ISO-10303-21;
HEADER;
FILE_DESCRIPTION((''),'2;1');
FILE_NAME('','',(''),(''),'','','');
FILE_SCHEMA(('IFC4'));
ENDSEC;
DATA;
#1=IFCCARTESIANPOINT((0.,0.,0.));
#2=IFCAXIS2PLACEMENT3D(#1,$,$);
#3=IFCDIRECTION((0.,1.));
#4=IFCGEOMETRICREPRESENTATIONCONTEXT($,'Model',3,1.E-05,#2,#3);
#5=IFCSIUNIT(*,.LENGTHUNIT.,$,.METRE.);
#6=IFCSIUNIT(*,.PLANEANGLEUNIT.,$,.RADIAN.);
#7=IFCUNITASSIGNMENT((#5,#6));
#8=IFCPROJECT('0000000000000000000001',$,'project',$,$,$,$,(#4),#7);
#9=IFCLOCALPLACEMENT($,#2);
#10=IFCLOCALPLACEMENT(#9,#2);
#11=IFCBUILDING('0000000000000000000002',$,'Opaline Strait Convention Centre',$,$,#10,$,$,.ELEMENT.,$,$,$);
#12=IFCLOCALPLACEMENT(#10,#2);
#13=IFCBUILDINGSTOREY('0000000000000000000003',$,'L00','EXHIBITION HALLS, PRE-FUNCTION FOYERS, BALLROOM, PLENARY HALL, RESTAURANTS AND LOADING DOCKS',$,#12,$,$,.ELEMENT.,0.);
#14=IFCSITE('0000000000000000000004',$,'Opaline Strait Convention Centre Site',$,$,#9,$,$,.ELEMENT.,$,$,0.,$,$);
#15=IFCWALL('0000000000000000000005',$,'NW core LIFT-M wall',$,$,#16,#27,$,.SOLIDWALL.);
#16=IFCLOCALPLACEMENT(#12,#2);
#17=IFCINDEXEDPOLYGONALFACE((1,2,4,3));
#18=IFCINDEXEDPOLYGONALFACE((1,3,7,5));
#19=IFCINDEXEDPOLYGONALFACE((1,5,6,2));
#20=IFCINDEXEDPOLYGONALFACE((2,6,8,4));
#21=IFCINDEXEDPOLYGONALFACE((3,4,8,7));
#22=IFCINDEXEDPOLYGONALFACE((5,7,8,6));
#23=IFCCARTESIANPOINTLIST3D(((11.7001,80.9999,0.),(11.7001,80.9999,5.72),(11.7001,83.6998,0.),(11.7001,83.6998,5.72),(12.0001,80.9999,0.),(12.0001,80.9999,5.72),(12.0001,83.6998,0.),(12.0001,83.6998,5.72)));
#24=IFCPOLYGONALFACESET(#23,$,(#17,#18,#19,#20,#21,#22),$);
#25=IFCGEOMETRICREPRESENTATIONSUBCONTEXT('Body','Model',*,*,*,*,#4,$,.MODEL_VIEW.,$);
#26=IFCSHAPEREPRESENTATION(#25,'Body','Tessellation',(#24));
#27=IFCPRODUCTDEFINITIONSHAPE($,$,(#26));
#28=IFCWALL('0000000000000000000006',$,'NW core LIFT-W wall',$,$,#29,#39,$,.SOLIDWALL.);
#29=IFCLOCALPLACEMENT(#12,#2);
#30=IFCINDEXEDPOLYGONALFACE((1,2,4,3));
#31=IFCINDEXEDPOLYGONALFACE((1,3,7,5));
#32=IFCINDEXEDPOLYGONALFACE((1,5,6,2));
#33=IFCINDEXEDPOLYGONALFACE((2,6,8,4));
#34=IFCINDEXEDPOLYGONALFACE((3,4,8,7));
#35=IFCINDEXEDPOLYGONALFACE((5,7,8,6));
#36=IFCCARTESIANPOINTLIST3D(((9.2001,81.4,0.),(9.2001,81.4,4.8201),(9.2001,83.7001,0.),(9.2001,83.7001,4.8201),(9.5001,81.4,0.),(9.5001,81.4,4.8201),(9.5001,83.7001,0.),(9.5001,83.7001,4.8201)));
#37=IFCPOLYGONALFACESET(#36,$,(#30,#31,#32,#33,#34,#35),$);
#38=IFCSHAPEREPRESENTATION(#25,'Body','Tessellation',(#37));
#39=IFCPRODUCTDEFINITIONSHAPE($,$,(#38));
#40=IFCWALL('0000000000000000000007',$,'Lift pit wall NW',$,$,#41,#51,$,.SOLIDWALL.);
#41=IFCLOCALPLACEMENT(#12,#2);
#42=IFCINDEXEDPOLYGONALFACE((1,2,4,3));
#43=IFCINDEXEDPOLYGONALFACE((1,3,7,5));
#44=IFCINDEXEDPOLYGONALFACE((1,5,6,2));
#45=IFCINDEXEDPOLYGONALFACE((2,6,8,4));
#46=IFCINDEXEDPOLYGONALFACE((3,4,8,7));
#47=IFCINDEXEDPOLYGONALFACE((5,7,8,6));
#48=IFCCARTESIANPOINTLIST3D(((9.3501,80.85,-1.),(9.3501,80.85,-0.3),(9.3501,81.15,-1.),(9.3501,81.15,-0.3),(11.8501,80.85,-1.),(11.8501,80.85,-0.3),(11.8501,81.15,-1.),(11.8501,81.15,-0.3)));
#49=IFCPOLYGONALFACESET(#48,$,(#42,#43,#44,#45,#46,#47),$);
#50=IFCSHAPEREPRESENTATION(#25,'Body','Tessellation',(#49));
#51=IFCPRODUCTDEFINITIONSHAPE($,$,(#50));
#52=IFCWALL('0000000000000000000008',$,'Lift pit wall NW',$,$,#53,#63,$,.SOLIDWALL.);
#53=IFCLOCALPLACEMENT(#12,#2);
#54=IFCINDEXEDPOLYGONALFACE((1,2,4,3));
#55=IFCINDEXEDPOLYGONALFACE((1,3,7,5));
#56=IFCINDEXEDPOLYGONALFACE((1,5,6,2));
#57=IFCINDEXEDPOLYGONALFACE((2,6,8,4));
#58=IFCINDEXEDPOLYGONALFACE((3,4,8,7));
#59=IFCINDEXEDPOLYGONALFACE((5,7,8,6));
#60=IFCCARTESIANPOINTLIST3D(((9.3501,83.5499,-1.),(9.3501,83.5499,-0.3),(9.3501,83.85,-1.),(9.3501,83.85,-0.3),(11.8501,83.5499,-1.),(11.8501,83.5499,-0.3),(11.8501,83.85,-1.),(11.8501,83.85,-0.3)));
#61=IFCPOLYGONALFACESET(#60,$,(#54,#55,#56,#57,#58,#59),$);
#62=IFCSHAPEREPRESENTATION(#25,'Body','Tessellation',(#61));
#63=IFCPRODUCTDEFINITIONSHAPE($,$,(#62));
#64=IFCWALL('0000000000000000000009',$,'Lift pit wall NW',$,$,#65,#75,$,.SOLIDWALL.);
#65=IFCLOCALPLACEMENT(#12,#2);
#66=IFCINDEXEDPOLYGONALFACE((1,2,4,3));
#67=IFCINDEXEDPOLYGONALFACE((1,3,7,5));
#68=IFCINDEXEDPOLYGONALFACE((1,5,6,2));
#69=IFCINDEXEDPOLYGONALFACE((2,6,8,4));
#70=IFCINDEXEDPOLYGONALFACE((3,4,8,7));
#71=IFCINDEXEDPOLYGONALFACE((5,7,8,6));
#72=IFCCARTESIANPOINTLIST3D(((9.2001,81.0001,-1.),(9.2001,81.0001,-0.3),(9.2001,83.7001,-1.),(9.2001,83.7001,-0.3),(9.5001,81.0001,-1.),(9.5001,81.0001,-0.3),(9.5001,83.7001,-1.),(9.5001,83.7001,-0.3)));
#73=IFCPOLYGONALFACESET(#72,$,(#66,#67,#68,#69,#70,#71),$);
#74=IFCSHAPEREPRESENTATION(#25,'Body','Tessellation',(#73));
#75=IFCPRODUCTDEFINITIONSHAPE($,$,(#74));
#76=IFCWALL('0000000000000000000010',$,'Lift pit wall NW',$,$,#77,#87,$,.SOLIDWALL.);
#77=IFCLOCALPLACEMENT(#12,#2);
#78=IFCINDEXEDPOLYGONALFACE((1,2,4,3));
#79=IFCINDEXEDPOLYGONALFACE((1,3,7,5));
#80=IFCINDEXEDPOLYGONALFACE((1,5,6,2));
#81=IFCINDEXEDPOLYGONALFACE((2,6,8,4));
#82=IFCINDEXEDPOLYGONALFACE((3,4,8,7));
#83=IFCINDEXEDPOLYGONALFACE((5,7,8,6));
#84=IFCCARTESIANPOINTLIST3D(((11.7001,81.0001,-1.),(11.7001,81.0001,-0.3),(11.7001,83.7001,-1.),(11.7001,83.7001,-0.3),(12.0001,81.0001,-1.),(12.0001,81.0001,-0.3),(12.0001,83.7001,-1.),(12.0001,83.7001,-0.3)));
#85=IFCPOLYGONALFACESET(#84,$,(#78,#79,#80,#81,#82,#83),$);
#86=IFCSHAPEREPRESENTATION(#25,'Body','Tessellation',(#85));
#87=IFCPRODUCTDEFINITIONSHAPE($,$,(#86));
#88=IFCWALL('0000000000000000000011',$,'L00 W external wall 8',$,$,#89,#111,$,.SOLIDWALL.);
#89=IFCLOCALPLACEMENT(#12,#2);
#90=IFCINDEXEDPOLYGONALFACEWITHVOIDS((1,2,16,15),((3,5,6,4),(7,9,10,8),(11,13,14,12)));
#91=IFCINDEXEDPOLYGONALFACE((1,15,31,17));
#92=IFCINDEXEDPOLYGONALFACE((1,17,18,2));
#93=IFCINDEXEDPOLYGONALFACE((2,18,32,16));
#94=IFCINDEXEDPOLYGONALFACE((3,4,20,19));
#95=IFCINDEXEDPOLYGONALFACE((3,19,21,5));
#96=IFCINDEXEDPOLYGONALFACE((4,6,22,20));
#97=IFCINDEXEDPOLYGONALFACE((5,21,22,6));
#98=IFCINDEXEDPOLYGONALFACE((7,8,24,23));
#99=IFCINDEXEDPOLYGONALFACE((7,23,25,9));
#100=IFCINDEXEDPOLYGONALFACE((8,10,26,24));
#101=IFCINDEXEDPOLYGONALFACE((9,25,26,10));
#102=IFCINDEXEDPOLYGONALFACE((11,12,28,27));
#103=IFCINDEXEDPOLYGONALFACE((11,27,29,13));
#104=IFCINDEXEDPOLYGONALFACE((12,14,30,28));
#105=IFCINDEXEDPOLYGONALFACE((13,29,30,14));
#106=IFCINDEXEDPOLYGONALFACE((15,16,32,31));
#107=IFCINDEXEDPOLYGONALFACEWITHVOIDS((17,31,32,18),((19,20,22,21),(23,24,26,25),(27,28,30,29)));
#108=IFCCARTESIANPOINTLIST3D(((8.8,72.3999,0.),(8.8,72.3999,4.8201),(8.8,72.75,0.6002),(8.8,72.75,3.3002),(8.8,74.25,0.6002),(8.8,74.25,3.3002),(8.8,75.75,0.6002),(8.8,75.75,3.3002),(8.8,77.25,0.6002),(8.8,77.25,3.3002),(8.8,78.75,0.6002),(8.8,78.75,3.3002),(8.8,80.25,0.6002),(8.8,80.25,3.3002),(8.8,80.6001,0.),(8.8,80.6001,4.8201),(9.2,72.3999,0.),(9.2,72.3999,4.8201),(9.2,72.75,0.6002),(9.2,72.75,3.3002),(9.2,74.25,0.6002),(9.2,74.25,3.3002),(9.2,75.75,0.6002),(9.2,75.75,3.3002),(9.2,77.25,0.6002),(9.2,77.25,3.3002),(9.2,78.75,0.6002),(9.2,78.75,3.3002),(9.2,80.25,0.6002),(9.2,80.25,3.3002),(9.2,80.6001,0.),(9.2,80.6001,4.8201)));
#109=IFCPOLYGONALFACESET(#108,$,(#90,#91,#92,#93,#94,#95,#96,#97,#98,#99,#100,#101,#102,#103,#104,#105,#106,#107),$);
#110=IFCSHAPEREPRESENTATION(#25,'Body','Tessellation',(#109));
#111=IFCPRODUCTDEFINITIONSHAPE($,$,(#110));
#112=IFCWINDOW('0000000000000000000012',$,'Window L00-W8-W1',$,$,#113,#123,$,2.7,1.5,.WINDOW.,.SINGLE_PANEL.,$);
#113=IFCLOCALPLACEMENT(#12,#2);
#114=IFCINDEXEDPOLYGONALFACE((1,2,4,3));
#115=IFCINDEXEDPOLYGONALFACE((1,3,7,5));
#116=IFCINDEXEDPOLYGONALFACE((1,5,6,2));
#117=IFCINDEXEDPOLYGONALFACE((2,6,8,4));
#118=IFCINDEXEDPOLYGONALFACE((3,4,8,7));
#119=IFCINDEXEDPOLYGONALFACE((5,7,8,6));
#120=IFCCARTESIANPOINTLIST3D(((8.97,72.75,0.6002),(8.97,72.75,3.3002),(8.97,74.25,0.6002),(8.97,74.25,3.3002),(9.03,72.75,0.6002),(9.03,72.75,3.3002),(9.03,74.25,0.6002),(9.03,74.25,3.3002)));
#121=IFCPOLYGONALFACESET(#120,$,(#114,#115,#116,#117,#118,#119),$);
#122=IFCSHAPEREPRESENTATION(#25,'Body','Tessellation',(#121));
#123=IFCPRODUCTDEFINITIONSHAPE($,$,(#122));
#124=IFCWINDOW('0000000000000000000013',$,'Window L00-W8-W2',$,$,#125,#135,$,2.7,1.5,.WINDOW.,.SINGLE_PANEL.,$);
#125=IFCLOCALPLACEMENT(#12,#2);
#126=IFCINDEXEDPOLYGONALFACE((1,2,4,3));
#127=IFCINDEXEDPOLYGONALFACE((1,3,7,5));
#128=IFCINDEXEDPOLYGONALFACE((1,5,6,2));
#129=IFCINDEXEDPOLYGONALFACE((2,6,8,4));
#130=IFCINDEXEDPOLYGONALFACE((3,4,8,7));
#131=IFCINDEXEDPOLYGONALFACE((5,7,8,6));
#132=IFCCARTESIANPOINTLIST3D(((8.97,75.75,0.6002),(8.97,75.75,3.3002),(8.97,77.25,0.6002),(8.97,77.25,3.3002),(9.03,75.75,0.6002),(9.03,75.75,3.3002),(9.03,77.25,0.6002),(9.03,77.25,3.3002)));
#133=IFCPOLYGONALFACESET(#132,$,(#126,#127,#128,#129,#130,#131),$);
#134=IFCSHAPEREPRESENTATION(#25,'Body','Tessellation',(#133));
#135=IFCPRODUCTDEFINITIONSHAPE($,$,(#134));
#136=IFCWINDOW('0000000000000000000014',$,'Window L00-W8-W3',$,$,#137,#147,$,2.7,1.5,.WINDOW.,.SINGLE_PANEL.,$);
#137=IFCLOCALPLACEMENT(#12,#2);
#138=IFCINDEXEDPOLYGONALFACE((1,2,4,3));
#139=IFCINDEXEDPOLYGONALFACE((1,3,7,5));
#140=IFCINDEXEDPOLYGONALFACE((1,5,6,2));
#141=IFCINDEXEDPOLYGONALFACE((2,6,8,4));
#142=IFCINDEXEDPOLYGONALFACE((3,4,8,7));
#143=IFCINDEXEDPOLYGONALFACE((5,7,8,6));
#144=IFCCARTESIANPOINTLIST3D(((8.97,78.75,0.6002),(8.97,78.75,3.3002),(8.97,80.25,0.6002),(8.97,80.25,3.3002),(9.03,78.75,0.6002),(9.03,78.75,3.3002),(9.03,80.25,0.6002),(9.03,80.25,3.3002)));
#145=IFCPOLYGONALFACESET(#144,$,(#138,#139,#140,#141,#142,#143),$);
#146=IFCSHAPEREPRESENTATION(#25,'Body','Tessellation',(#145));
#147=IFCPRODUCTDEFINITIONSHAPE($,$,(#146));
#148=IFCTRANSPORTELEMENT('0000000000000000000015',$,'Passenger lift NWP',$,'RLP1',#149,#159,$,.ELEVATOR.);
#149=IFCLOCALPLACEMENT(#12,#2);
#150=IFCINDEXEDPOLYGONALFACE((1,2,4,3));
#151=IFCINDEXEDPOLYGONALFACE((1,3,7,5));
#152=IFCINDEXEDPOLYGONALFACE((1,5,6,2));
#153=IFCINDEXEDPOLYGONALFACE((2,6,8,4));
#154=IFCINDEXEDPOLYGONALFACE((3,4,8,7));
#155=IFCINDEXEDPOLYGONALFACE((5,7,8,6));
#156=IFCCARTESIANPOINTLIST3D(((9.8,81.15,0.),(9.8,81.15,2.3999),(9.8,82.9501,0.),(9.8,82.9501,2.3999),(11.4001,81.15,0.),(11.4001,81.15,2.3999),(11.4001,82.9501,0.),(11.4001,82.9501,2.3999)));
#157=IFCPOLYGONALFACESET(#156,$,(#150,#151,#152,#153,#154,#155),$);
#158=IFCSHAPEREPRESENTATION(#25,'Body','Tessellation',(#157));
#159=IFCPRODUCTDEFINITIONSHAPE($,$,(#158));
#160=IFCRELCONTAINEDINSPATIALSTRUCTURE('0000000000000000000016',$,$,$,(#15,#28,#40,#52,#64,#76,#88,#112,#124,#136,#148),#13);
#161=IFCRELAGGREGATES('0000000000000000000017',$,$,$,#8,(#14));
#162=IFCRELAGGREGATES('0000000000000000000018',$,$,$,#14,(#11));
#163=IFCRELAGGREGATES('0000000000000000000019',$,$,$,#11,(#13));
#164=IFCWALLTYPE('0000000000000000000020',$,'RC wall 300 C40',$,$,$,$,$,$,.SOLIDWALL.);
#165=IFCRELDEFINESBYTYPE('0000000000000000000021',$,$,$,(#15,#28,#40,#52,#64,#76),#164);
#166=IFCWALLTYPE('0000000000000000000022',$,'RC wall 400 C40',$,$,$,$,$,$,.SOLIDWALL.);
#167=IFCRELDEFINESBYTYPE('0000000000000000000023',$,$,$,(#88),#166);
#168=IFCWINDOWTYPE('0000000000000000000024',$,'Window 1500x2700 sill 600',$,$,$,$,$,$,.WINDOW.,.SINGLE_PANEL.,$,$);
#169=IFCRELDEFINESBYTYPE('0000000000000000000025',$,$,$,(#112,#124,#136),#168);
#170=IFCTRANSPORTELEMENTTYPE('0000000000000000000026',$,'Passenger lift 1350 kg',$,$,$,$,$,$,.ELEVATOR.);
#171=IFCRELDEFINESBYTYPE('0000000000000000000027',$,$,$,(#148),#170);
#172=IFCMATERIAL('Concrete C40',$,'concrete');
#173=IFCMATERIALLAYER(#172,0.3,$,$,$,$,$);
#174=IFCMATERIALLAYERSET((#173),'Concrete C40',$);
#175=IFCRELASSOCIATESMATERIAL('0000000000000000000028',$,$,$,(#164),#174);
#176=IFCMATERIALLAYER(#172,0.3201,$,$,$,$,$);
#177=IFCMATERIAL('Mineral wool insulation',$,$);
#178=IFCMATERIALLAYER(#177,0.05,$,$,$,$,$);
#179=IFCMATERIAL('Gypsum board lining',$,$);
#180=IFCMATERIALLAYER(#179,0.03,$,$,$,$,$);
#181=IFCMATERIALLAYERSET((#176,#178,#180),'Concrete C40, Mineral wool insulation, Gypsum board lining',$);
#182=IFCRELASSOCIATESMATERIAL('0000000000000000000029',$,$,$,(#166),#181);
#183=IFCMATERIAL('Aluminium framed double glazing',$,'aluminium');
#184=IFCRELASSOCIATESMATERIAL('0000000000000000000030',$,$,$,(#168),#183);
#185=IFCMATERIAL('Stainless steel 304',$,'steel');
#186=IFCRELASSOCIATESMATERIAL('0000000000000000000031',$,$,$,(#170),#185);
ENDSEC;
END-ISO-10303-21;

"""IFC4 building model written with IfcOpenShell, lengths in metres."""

from ifc_helpers import new_model, si_unit, direction, frame, frame_2d, origin, origin_2d, place, context, subcontext, project, spatial, rectangle, extrude, material, layer, layer_set, type_object, element, fill, save


model = new_model("IFC4")

# Units and contexts
model_context = context("Model", 3, precision=1e-05, world=origin(), true_north=direction((0.0, 1.0)))
body_context = subcontext(model_context, "Body", "Model", "MODEL_VIEW")
ifc_project = project(units=[si_unit("LENGTHUNIT", "METRE"), si_unit("PLANEANGLEUNIT", "RADIAN")], contexts=[model_context])

# Site, building, storey
site_placement = place(None, origin())
site = spatial("IfcSite", under=ifc_project, at=site_placement, Name="Opaline Strait Convention Centre Site", CompositionType="ELEMENT", RefElevation=0.0)
building_placement = place(site_placement, origin())
building = spatial("IfcBuilding", under=site, at=building_placement, Name="Opaline Strait Convention Centre", CompositionType="ELEMENT")
storey_placement = place(building_placement, origin())
storey = spatial("IfcBuildingStorey", under=building, at=storey_placement, Name="L00", Description="EXHIBITION HALLS, PRE-FUNCTION FOYERS, BALLROOM, PLENARY HALL, RESTAURANTS AND LOADING DOCKS", CompositionType="ELEMENT", Elevation=0.0)

# Shared definitions
ifc_material_1 = material(Name="Concrete C40", Category="concrete")

# Shared definitions
ifc_layer_1 = layer(ifc_material_1, 0.3)
ifc_layer_set_1 = layer_set([ifc_layer_1], Name="Concrete C40")
wall_type_1 = type_object("IfcWallType", Name="RC wall 300 C40", PredefinedType="SOLIDWALL", material=ifc_layer_set_1)

# Walls
wall_1_placement = place(storey_placement, frame((11.8501, 83.7, 0.0), z_axis=(0.0, 0.0, 1.0), x_axis=(0.0, -1.0, 0.0)))
element("IfcWall", 1, at=wall_1_placement, inside=storey, type_object=wall_type_1, Name="NW core LIFT-M wall", PredefinedType="SOLIDWALL", context=body_context, shape_type="SweptSolid", body=[
    extrude(rectangle(XDim=2.7, YDim=0.3, at=frame_2d((1.3501, 0.0))), origin(), (0.0, 0.0, 1.0), 5.72),
])
wall_2_placement = place(storey_placement, frame((9.3501, 83.7, 0.0), z_axis=(0.0, 0.0, 1.0), x_axis=(0.0, -1.0, 0.0)))
element("IfcWall", 2, at=wall_2_placement, inside=storey, type_object=wall_type_1, Name="NW core LIFT-W wall", PredefinedType="SOLIDWALL", context=body_context, shape_type="SweptSolid", body=[
    extrude(rectangle(XDim=2.3, YDim=0.3, at=frame_2d((1.1499, 0.0))), origin(), (0.0, 0.0, 1.0), 4.8201),
])
for number, where, z_axis, x_axis, name in (
    (3, (9.3501, 81.0, -1.0), (0.0, 0.0, 1.0), (1.0, 0.0, 0.0), "Lift pit wall NW"),
    (4, (9.3501, 83.7, -1.0), (0.0, 0.0, 1.0), (1.0, 0.0, 0.0), "Lift pit wall NW"),
):
    element("IfcWall", number, at=place(storey_placement, frame(where, z_axis=z_axis, x_axis=x_axis)), inside=storey, type_object=wall_type_1, Name=name, PredefinedType="SOLIDWALL", context=body_context, shape_type="SweptSolid", body=[
        extrude(rectangle(XDim=2.5, YDim=0.3, at=frame_2d((1.25, 0.0))), origin(), (0.0, 0.0, 1.0), 0.7),
    ])
for number, where, z_axis, x_axis, name in (
    (5, (9.3501, 81.0, -1.0), (0.0, 0.0, 1.0), (0.0, 1.0, 0.0), "Lift pit wall NW"),
    (6, (11.8501, 81.0, -1.0), (0.0, 0.0, 1.0), (0.0, 1.0, 0.0), "Lift pit wall NW"),
):
    element("IfcWall", number, at=place(storey_placement, frame(where, z_axis=z_axis, x_axis=x_axis)), inside=storey, type_object=wall_type_1, Name=name, PredefinedType="SOLIDWALL", context=body_context, shape_type="SweptSolid", body=[
        extrude(rectangle(XDim=2.7, YDim=0.3, at=frame_2d((1.3501, 0.0))), origin(), (0.0, 0.0, 1.0), 0.7),
    ])

# Wall, openings, windows
ifc_layer_2 = layer(ifc_material_1, 0.3201)
ifc_material_2 = material(Name="Mineral wool insulation")
ifc_layer_3 = layer(ifc_material_2, 0.05)
ifc_material_3 = material(Name="Gypsum board lining")
ifc_layer_4 = layer(ifc_material_3, 0.03)
ifc_layer_set_2 = layer_set([ifc_layer_2, ifc_layer_3, ifc_layer_4], Name="Concrete C40, Mineral wool insulation, Gypsum board lining")
wall_type_2 = type_object("IfcWallType", Name="RC wall 400 C40", PredefinedType="SOLIDWALL", material=ifc_layer_set_2)
wall_3_placement = place(storey_placement, frame((9.0, 72.3999, 0.0), z_axis=(0.0, 0.0, 1.0), x_axis=(0.0, 1.0, 0.0)))
wall_3 = element("IfcWall", 7, at=wall_3_placement, inside=storey, type_object=wall_type_2, Name="L00 W external wall 8", PredefinedType="SOLIDWALL", context=body_context, shape_type="SweptSolid", body=[
    extrude(rectangle(XDim=8.2002, YDim=0.3999, at=frame_2d((4.1001, 0.0))), origin(), (0.0, 0.0, 1.0), 4.8201),
])
opening_1_placement = place(wall_3_placement, frame((0.3501, 0.0, 0.6001)))
opening_1 = element("IfcOpeningElement", 8, at=opening_1_placement, cuts=wall_3, PredefinedType="OPENING", context=body_context, shape_type="SweptSolid", body=[
    extrude(rectangle(XDim=1.5, YDim=2.7, at=frame_2d((0.75, 1.3501))), frame((0.0, 0.21, 0.0), z_axis=(0.0, -1.0, 0.0), x_axis=(1.0, 0.0, 0.0)), (0.0, 0.0, 1.0), 0.4199),
])
opening_2_placement = place(wall_3_placement, frame((3.3501, 0.0, 0.6001)))
opening_2 = element("IfcOpeningElement", 9, at=opening_2_placement, cuts=wall_3, PredefinedType="OPENING", context=body_context, shape_type="SweptSolid", body=[
    extrude(rectangle(XDim=1.5, YDim=2.7, at=frame_2d((0.75, 1.3501))), frame((0.0, 0.21, 0.0), z_axis=(0.0, -1.0, 0.0), x_axis=(1.0, 0.0, 0.0)), (0.0, 0.0, 1.0), 0.4199),
])
opening_3_placement = place(wall_3_placement, frame((6.3501, 0.0, 0.6001)))
opening_3 = element("IfcOpeningElement", 10, at=opening_3_placement, cuts=wall_3, PredefinedType="OPENING", context=body_context, shape_type="SweptSolid", body=[
    extrude(rectangle(XDim=1.5, YDim=2.7, at=frame_2d((0.75, 1.3501))), frame((0.0, 0.21, 0.0), z_axis=(0.0, -1.0, 0.0), x_axis=(1.0, 0.0, 0.0)), (0.0, 0.0, 1.0), 0.4199),
])
ifc_material_4 = material(Name="Aluminium framed double glazing", Category="aluminium")
window_type = type_object("IfcWindowType", Name="Window 1500x2700 sill 600", PartitioningType="SINGLE_PANEL", PredefinedType="WINDOW", material=ifc_material_4)
window_1_placement = place(opening_1_placement, origin())
window_1 = element("IfcWindow", 11, at=window_1_placement, inside=storey, type_object=window_type, Name="Window L00-W8-W1", OverallHeight=2.7, OverallWidth=1.5, PartitioningType="SINGLE_PANEL", PredefinedType="WINDOW", context=body_context, shape_type="SweptSolid", body=[
    extrude(rectangle(XDim=1.5, YDim=2.7, at=frame_2d((0.75, 1.3501))), frame((0.0, 0.03, 0.0), z_axis=(0.0, -1.0, 0.0), x_axis=(1.0, 0.0, 0.0)), (0.0, 0.0, 1.0), 0.0601),
])
fill(opening_1, window_1)
window_2_placement = place(opening_2_placement, origin())
window_2 = element("IfcWindow", 12, at=window_2_placement, inside=storey, type_object=window_type, Name="Window L00-W8-W2", OverallHeight=2.7, OverallWidth=1.5, PartitioningType="SINGLE_PANEL", PredefinedType="WINDOW", context=body_context, shape_type="SweptSolid", body=[
    extrude(rectangle(XDim=1.5, YDim=2.7, at=frame_2d((0.75, 1.3501))), frame((0.0, 0.03, 0.0), z_axis=(0.0, -1.0, 0.0), x_axis=(1.0, 0.0, 0.0)), (0.0, 0.0, 1.0), 0.0601),
])
fill(opening_2, window_2)
window_3_placement = place(opening_3_placement, origin())
window_3 = element("IfcWindow", 13, at=window_3_placement, inside=storey, type_object=window_type, Name="Window L00-W8-W3", OverallHeight=2.7, OverallWidth=1.5, PartitioningType="SINGLE_PANEL", PredefinedType="WINDOW", context=body_context, shape_type="SweptSolid", body=[
    extrude(rectangle(XDim=1.5, YDim=2.7, at=frame_2d((0.75, 1.3501))), frame((0.0, 0.03, 0.0), z_axis=(0.0, -1.0, 0.0), x_axis=(1.0, 0.0, 0.0)), (0.0, 0.0, 1.0), 0.0601),
])
fill(opening_3, window_3)

# Transport element
ifc_material_5 = material(Name="Stainless steel 304", Category="steel")
transport_element_type = type_object("IfcTransportElementType", Name="Passenger lift 1350 kg", PredefinedType="ELEVATOR", material=ifc_material_5)
transport_element_placement = place(storey_placement, frame((10.6001, 82.05, 0.0), z_axis=(0.0, 0.0, 1.0), x_axis=(1.0, 0.0, 0.0)))
element("IfcTransportElement", 14, at=transport_element_placement, inside=storey, type_object=transport_element_type, Name="Passenger lift NWP", ObjectType="RLP1", PredefinedType="ELEVATOR", context=body_context, shape_type="SweptSolid", body=[
    extrude(rectangle(XDim=1.6001, YDim=1.8, at=origin_2d()), origin(), (0.0, 0.0, 1.0), 2.3999),
])

save(model, "model.ifc")
